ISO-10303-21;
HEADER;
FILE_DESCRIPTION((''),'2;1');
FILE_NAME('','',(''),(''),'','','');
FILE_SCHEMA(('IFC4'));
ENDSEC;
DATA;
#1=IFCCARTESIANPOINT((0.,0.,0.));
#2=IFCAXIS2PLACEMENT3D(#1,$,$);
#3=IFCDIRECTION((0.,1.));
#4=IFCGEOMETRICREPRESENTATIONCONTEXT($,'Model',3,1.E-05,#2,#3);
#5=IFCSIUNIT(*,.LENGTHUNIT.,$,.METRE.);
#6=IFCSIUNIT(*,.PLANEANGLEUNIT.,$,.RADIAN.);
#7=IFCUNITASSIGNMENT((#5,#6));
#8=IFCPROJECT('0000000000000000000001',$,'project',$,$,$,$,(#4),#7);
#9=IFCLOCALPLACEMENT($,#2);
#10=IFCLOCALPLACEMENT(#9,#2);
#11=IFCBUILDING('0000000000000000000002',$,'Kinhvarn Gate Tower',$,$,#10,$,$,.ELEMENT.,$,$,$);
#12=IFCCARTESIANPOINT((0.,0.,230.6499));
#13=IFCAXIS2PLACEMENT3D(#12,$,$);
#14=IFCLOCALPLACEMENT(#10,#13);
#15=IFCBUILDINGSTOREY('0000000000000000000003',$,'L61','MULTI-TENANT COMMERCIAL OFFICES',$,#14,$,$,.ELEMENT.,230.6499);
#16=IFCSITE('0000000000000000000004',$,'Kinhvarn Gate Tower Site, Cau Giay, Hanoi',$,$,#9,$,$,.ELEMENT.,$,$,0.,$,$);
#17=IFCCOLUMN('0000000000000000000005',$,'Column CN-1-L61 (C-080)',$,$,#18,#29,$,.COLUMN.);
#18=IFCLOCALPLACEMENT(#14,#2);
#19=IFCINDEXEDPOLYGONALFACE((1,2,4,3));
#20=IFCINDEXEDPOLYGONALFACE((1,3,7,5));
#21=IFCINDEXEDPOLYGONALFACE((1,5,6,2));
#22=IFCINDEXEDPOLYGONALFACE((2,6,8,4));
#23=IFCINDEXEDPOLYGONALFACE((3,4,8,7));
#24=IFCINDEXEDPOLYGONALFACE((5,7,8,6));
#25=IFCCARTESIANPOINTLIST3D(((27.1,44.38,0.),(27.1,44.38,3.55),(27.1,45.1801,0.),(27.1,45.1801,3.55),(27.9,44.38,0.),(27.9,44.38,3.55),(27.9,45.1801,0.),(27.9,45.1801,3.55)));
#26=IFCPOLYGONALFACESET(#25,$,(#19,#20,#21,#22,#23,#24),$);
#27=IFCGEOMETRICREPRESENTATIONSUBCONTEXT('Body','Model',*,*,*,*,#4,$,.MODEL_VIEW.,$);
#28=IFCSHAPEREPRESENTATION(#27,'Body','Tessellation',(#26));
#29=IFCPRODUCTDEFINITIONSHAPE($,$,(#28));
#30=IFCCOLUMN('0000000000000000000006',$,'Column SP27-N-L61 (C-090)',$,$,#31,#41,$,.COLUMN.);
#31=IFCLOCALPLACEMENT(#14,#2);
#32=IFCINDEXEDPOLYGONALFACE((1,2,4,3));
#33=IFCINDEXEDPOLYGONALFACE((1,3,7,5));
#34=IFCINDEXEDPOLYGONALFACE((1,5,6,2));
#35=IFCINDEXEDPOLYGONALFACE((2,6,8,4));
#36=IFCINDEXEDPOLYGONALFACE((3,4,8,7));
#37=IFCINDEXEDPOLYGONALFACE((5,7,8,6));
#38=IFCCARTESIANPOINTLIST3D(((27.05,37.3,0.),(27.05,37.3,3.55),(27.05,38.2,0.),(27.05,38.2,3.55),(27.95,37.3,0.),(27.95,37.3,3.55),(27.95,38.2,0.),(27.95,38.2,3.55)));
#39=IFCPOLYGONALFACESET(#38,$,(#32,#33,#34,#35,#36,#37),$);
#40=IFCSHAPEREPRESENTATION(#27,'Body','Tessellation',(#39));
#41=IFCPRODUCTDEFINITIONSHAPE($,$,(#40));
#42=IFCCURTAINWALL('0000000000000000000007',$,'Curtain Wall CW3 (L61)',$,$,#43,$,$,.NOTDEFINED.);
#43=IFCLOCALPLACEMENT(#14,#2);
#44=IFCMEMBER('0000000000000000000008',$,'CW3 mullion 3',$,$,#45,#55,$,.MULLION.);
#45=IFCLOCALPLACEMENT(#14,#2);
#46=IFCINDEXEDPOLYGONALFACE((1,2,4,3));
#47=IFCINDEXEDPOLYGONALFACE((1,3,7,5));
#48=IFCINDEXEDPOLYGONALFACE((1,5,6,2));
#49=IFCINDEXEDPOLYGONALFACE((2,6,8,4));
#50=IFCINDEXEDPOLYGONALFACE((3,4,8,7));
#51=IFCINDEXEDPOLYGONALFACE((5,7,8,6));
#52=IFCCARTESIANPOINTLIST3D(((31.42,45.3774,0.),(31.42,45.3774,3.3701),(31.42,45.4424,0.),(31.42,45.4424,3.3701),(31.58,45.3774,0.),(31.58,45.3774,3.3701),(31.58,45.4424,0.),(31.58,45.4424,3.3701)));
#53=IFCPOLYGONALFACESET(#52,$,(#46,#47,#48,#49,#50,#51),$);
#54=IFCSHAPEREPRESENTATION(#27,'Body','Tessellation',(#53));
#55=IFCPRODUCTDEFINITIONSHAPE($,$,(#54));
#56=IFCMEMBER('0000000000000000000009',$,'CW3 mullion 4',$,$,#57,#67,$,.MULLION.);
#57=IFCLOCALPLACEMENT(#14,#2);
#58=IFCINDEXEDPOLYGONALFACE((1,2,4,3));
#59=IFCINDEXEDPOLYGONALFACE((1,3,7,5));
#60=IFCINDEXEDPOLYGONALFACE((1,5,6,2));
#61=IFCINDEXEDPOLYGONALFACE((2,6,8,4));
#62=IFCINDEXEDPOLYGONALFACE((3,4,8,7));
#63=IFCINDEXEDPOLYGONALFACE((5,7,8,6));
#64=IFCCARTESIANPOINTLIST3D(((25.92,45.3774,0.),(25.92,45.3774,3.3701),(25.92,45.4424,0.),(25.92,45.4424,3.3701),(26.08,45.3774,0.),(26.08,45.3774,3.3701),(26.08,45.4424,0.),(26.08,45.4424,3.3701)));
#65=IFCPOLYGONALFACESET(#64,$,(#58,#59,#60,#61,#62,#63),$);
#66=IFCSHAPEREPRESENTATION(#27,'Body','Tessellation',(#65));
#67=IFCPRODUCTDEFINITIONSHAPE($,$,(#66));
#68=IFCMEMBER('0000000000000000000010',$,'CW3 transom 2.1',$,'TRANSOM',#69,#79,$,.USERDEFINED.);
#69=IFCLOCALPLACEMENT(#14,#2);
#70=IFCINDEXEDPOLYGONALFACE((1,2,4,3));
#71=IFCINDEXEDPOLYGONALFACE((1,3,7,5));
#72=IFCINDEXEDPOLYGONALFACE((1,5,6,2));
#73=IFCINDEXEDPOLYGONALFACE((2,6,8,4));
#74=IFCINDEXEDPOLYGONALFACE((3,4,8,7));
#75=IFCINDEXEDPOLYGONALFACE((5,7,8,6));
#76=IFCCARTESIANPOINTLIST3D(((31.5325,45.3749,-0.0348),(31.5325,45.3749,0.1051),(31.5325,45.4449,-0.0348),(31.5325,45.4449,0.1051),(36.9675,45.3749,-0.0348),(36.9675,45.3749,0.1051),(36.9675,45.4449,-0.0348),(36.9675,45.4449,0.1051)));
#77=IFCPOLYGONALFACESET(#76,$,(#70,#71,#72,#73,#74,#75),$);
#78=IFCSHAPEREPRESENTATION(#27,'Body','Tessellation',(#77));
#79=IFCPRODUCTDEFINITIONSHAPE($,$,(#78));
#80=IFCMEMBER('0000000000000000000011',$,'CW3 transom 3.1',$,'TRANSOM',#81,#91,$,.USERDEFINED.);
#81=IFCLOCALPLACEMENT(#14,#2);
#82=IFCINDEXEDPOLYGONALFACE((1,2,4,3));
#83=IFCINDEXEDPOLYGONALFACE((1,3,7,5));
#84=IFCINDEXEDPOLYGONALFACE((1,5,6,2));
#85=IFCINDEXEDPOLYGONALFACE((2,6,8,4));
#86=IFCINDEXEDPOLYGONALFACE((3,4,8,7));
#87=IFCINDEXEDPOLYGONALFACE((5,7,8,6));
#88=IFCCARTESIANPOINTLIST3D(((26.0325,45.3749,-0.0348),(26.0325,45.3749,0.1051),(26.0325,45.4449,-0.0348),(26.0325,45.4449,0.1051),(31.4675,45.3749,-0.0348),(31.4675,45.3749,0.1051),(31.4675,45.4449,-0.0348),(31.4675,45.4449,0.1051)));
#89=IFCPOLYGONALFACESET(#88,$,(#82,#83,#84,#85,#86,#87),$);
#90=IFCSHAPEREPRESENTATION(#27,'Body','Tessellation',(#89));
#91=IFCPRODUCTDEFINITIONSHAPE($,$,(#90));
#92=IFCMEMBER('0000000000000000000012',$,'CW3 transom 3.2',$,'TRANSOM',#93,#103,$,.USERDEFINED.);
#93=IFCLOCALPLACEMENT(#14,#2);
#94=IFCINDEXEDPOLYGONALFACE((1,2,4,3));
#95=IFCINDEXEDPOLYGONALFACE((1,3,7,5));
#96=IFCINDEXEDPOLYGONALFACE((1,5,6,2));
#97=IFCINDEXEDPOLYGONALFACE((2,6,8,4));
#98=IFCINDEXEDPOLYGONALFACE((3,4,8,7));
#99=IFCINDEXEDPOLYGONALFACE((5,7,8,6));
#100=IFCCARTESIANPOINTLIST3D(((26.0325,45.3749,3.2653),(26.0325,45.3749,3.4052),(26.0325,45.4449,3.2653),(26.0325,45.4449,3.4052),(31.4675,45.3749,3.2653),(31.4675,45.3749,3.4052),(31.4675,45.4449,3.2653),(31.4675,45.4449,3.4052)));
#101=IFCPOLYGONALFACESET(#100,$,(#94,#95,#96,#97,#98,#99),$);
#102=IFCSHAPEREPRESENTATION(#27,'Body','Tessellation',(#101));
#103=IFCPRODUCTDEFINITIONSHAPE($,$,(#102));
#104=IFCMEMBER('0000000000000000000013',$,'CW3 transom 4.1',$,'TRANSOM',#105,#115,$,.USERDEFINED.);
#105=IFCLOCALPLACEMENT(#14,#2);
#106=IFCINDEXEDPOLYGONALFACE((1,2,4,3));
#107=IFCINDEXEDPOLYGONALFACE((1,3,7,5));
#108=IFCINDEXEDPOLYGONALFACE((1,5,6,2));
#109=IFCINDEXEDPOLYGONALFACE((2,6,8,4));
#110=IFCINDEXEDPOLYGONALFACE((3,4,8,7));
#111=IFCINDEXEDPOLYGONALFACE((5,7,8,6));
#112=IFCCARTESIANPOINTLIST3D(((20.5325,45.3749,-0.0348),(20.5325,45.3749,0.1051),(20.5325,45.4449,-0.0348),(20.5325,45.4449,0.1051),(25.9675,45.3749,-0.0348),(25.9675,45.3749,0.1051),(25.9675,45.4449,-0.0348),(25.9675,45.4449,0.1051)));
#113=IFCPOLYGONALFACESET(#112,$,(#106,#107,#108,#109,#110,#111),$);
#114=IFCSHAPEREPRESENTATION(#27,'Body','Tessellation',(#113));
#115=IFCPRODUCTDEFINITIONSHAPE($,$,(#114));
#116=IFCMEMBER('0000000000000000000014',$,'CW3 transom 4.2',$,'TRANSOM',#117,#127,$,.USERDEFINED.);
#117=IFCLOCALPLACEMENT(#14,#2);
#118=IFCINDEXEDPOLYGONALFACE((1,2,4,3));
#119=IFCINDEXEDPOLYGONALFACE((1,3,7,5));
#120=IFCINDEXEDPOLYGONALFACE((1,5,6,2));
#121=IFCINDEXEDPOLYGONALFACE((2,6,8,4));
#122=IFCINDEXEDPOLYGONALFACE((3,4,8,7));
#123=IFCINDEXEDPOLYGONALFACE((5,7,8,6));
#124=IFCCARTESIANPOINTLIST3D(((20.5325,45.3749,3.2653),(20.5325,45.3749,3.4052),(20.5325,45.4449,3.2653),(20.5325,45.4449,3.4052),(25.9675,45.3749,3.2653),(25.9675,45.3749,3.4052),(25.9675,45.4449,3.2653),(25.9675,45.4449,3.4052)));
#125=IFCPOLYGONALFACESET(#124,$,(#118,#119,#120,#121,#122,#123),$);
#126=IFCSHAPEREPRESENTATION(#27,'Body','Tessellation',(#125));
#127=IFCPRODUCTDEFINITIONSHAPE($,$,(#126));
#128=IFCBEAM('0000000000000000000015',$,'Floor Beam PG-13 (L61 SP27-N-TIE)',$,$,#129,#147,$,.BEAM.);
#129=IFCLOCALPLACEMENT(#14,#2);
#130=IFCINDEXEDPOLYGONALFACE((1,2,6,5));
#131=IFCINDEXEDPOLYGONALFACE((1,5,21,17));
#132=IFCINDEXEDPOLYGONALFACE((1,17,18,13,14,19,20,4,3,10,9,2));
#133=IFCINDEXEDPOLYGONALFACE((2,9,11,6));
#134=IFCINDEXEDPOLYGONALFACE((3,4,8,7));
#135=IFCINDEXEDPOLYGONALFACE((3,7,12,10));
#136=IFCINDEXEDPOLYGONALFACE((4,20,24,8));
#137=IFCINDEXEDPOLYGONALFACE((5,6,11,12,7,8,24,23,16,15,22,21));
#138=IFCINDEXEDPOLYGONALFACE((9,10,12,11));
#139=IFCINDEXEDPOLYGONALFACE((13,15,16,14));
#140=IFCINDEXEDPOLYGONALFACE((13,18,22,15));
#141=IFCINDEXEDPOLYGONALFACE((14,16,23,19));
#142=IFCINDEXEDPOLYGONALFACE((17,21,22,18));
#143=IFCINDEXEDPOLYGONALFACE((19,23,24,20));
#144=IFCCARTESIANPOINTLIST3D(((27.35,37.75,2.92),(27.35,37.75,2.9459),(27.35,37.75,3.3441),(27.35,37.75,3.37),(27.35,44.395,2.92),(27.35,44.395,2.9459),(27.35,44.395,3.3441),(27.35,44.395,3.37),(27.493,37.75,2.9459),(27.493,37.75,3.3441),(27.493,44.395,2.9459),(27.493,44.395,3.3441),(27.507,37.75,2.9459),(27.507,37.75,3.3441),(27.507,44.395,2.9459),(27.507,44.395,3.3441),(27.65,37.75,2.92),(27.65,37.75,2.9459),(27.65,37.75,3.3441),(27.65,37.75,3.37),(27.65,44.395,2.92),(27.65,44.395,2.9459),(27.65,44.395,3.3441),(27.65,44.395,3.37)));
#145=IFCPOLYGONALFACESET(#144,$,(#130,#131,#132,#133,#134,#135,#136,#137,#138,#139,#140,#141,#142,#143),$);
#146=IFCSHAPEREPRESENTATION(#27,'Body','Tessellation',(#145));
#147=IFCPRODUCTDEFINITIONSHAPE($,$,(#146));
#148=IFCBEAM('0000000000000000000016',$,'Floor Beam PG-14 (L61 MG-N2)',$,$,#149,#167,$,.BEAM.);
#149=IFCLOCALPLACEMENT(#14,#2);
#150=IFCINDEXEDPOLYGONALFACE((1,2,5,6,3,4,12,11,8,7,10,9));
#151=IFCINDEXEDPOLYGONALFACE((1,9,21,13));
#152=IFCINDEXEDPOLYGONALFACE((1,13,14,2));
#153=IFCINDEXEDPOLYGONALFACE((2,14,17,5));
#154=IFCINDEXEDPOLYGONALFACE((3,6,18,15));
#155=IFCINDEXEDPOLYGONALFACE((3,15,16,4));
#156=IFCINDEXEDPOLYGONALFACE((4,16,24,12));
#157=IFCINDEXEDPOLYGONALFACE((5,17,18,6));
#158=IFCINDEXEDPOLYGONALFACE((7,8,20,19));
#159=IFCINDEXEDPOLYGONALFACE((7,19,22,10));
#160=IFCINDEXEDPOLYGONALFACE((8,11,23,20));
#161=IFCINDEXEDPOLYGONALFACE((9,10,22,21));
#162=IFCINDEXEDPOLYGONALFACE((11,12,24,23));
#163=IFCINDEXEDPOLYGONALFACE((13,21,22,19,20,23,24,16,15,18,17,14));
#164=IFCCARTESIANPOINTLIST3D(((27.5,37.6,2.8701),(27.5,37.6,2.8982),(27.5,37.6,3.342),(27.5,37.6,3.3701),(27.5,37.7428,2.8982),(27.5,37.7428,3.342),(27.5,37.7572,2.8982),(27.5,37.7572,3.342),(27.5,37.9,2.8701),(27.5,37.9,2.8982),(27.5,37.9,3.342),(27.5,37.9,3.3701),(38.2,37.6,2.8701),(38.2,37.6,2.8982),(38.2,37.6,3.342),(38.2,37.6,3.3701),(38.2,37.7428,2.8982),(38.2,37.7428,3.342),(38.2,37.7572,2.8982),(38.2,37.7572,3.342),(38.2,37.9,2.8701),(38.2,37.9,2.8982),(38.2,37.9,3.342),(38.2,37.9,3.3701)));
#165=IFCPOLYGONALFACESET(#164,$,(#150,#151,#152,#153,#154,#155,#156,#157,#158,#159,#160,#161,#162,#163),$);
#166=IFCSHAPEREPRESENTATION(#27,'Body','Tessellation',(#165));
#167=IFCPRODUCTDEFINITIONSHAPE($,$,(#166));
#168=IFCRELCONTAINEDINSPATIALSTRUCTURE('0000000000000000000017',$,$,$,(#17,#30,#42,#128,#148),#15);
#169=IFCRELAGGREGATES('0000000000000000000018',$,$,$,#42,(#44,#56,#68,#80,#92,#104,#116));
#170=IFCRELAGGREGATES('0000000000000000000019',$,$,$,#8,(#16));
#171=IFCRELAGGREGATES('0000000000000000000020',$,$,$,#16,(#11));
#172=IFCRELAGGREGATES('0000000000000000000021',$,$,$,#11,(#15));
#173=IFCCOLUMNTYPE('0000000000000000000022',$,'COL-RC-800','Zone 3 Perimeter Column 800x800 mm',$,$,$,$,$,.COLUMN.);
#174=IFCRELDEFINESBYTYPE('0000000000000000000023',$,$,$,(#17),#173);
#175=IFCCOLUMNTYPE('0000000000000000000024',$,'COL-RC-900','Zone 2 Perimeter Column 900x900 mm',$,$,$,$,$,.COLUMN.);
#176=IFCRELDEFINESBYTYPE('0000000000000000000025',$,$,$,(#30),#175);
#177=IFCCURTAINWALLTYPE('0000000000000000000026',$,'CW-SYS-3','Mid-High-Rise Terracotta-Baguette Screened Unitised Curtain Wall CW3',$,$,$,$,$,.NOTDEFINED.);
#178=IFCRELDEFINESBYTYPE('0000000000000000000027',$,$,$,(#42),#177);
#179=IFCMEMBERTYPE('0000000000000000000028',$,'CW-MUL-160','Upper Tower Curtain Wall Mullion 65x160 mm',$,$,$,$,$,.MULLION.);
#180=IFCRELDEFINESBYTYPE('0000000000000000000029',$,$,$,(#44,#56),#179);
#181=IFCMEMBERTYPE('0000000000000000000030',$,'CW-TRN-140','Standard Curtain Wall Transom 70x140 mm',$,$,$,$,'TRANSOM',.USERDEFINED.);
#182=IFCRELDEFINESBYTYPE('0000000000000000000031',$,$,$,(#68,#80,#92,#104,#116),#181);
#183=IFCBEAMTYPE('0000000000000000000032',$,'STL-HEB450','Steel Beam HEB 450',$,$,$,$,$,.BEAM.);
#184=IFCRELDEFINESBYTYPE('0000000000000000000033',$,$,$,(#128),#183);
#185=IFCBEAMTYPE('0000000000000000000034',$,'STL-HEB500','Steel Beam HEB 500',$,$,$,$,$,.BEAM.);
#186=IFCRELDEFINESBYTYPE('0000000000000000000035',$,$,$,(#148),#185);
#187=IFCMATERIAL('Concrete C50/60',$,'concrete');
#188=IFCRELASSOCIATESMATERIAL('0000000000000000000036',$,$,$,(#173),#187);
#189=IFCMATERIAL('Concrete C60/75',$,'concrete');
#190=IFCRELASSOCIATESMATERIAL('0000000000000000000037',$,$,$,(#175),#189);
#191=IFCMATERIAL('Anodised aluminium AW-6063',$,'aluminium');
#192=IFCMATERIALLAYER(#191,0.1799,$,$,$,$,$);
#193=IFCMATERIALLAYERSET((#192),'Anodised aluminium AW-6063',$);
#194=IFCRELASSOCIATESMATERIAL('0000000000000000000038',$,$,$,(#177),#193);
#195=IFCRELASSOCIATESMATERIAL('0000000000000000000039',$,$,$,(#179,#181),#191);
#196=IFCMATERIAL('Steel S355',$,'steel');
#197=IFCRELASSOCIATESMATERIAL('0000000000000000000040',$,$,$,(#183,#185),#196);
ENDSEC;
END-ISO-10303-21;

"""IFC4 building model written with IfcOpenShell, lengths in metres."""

from ifc_helpers import new_model, si_unit, direction, frame, origin, origin_2d, place, context, subcontext, project, spatial, rectangle, i_section, extrude, material, layer, layer_set, material_profile, profile_set, type_object, element, aggregate, save


model = new_model("IFC4")

# Units and contexts
model_context = context("Model", 3, precision=1e-05, world=origin(), true_north=direction((0.0, 1.0)))
body_context = subcontext(model_context, "Body", "Model", "MODEL_VIEW")
ifc_project = project(units=[si_unit("LENGTHUNIT", "METRE"), si_unit("PLANEANGLEUNIT", "RADIAN")], contexts=[model_context])

# Site, building, storey
site_placement = place(None, origin())
site = spatial("IfcSite", under=ifc_project, at=site_placement, Name="Kinhvarn Gate Tower Site, Cau Giay, Hanoi", CompositionType="ELEMENT", RefElevation=0.0)
building_placement = place(site_placement, origin())
building = spatial("IfcBuilding", under=site, at=building_placement, Name="Kinhvarn Gate Tower", CompositionType="ELEMENT")
storey_placement = place(building_placement, frame((0.0, 0.0, 230.6499)))
storey = spatial("IfcBuildingStorey", under=building, at=storey_placement, Name="L61", Description="MULTI-TENANT COMMERCIAL OFFICES", CompositionType="ELEMENT", Elevation=230.6499)

# Columns
ifc_material_1 = material(Name="Concrete C50/60", Category="concrete")
ifc_material_profile_1 = material_profile(ifc_material_1, rectangle(XDim=0.8, YDim=0.8, at=origin_2d()), Name="RC 800x800")
ifc_profile_set_1 = profile_set([ifc_material_profile_1], Name="Concrete C50/60")
column_type_1 = type_object("IfcColumnType", Name="COL-RC-800", Description="Zone 3 Perimeter Column 800x800 mm", PredefinedType="COLUMN", material=ifc_profile_set_1)
column_1_placement = place(storey_placement, frame((27.5, 44.78, 0.0), z_axis=(0.0, 0.0, 1.0), x_axis=(1.0, 0.0, 0.0)))
element("IfcColumn", 1, at=column_1_placement, inside=storey, type_object=column_type_1, Name="Column CN-1-L61 (C-080)", PredefinedType="COLUMN", context=body_context, shape_type="SweptSolid", body=[
    extrude(rectangle(XDim=0.8, YDim=0.8, at=origin_2d()), origin(), (0.0, 0.0, 1.0), 3.55),
])
ifc_material_2 = material(Name="Concrete C60/75", Category="concrete")
ifc_material_profile_2 = material_profile(ifc_material_2, rectangle(XDim=0.8999, YDim=0.8999, at=origin_2d()), Name="RC 900x900")
ifc_profile_set_2 = profile_set([ifc_material_profile_2], Name="Concrete C60/75")
column_type_2 = type_object("IfcColumnType", Name="COL-RC-900", Description="Zone 2 Perimeter Column 900x900 mm", PredefinedType="COLUMN", material=ifc_profile_set_2)
column_2_placement = place(storey_placement, frame((27.5, 37.75, 0.0), z_axis=(0.0, 0.0, 1.0), x_axis=(1.0, 0.0, 0.0)))
element("IfcColumn", 2, at=column_2_placement, inside=storey, type_object=column_type_2, Name="Column SP27-N-L61 (C-090)", PredefinedType="COLUMN", context=body_context, shape_type="SweptSolid", body=[
    extrude(rectangle(XDim=0.8999, YDim=0.8999, at=origin_2d()), origin(), (0.0, 0.0, 1.0), 3.55),
])

# Curtain wall, members
ifc_material_3 = material(Name="Anodised aluminium AW-6063", Category="aluminium")
ifc_layer_1 = layer(ifc_material_3, 0.1799)
ifc_layer_set_1 = layer_set([ifc_layer_1], Name="Anodised aluminium AW-6063")
curtain_wall_type = type_object("IfcCurtainWallType", Name="CW-SYS-3", Description="Mid-High-Rise Terracotta-Baguette Screened Unitised Curtain Wall CW3", PredefinedType="NOTDEFINED", material=ifc_layer_set_1)
curtain_wall_placement = place(storey_placement, origin())
curtain_wall = element("IfcCurtainWall", 3, at=curtain_wall_placement, inside=storey, type_object=curtain_wall_type, Name="Curtain Wall CW3 (L61)", PredefinedType="NOTDEFINED")
ifc_material_profile_3 = material_profile(ifc_material_3, rectangle(XDim=0.0649, YDim=0.1599, at=origin_2d()), Name="ALU 65x160")
ifc_profile_set_3 = profile_set([ifc_material_profile_3], Name="Anodised aluminium AW-6063")
member_type_1 = type_object("IfcMemberType", Name="CW-MUL-160", Description="Upper Tower Curtain Wall Mullion 65x160 mm", PredefinedType="MULLION", material=ifc_profile_set_3)
member_1_placement = place(storey_placement, frame((31.5, 45.4099, 0.0), z_axis=(0.0, 0.0, 1.0), x_axis=(0.0, -1.0, 0.0)))
member_1 = element("IfcMember", 4, at=member_1_placement, type_object=member_type_1, Name="CW3 mullion 3", PredefinedType="MULLION", context=body_context, shape_type="SweptSolid", body=[
    extrude(rectangle(XDim=0.0649, YDim=0.1599, at=origin_2d()), origin(), (0.0, 0.0, 1.0), 3.3701),
])
member_2_placement = place(storey_placement, frame((26.0, 45.4099, 0.0), z_axis=(0.0, 0.0, 1.0), x_axis=(0.0, -1.0, 0.0)))
member_2 = element("IfcMember", 5, at=member_2_placement, type_object=member_type_1, Name="CW3 mullion 4", PredefinedType="MULLION", context=body_context, shape_type="SweptSolid", body=[
    extrude(rectangle(XDim=0.0649, YDim=0.1599, at=origin_2d()), origin(), (0.0, 0.0, 1.0), 3.3701),
])
ifc_material_profile_4 = material_profile(ifc_material_3, rectangle(XDim=0.0701, YDim=0.1399, at=origin_2d()), Name="ALU 70x140")
ifc_profile_set_4 = profile_set([ifc_material_profile_4], Name="Anodised aluminium AW-6063")
member_type_2 = type_object("IfcMemberType", Name="CW-TRN-140", Description="Standard Curtain Wall Transom 70x140 mm", ElementType="TRANSOM", PredefinedType="USERDEFINED", material=ifc_profile_set_4)
member_3_placement = place(storey_placement, frame((36.9675, 45.4099, 0.0352), z_axis=(-1.0, 0.0, 0.0), x_axis=(0.0, -1.0, 0.0)))
member_3 = element("IfcMember", 6, at=member_3_placement, type_object=member_type_2, Name="CW3 transom 2.1", ObjectType="TRANSOM", PredefinedType="USERDEFINED", context=body_context, shape_type="SweptSolid", body=[
    extrude(rectangle(XDim=0.0701, YDim=0.1399, at=origin_2d()), origin(), (0.0, 0.0, 1.0), 5.4351),
])
member_4_placement = place(storey_placement, frame((31.4675, 45.4099, 0.0352), z_axis=(-1.0, 0.0, 0.0), x_axis=(0.0, -1.0, 0.0)))
member_4 = element("IfcMember", 7, at=member_4_placement, type_object=member_type_2, Name="CW3 transom 3.1", ObjectType="TRANSOM", PredefinedType="USERDEFINED", context=body_context, shape_type="SweptSolid", body=[
    extrude(rectangle(XDim=0.0701, YDim=0.1399, at=origin_2d()), origin(), (0.0, 0.0, 1.0), 5.4351),
])
member_5_placement = place(storey_placement, frame((31.4675, 45.4099, 3.3352), z_axis=(-1.0, 0.0, 0.0), x_axis=(0.0, -1.0, 0.0)))
member_5 = element("IfcMember", 8, at=member_5_placement, type_object=member_type_2, Name="CW3 transom 3.2", ObjectType="TRANSOM", PredefinedType="USERDEFINED", context=body_context, shape_type="SweptSolid", body=[
    extrude(rectangle(XDim=0.0701, YDim=0.1399, at=origin_2d()), origin(), (0.0, 0.0, 1.0), 5.4351),
])
member_6_placement = place(storey_placement, frame((25.9675, 45.4099, 0.0352), z_axis=(-1.0, 0.0, 0.0), x_axis=(0.0, -1.0, 0.0)))
member_6 = element("IfcMember", 9, at=member_6_placement, type_object=member_type_2, Name="CW3 transom 4.1", ObjectType="TRANSOM", PredefinedType="USERDEFINED", context=body_context, shape_type="SweptSolid", body=[
    extrude(rectangle(XDim=0.0701, YDim=0.1399, at=origin_2d()), origin(), (0.0, 0.0, 1.0), 5.4351),
])
member_7_placement = place(storey_placement, frame((25.9675, 45.4099, 3.3352), z_axis=(-1.0, 0.0, 0.0), x_axis=(0.0, -1.0, 0.0)))
member_7 = element("IfcMember", 10, at=member_7_placement, type_object=member_type_2, Name="CW3 transom 4.2", ObjectType="TRANSOM", PredefinedType="USERDEFINED", context=body_context, shape_type="SweptSolid", body=[
    extrude(rectangle(XDim=0.0701, YDim=0.1399, at=origin_2d()), origin(), (0.0, 0.0, 1.0), 5.4351),
])

# Beams
ifc_material_4 = material(Name="Steel S355", Category="steel")
ifc_material_profile_5 = material_profile(ifc_material_4, i_section(OverallWidth=0.3, OverallDepth=0.45, WebThickness=0.0139, FlangeThickness=0.0259, at=origin_2d()), Name="HEB 450")
ifc_profile_set_5 = profile_set([ifc_material_profile_5], Name="Steel S355")
beam_type_1 = type_object("IfcBeamType", Name="STL-HEB450", Description="Steel Beam HEB 450", PredefinedType="BEAM", material=ifc_profile_set_5)
beam_1_placement = place(storey_placement, frame((27.5, 37.75, 3.145), z_axis=(0.0, 1.0, 0.0), x_axis=(-1.0, 0.0, 0.0)))
element("IfcBeam", 11, at=beam_1_placement, inside=storey, type_object=beam_type_1, Name="Floor Beam PG-13 (L61 SP27-N-TIE)", PredefinedType="BEAM", context=body_context, shape_type="SweptSolid", body=[
    extrude(i_section(OverallWidth=0.3, OverallDepth=0.45, WebThickness=0.0139, FlangeThickness=0.0259, at=origin_2d()), origin(), (0.0, 0.0, 1.0), 6.645),
])
ifc_material_profile_6 = material_profile(ifc_material_4, i_section(OverallWidth=0.3, OverallDepth=0.5, WebThickness=0.0144, FlangeThickness=0.0281, at=origin_2d()), Name="HEB 500")
ifc_profile_set_6 = profile_set([ifc_material_profile_6], Name="Steel S355")
beam_type_2 = type_object("IfcBeamType", Name="STL-HEB500", Description="Steel Beam HEB 500", PredefinedType="BEAM", material=ifc_profile_set_6)
beam_2_placement = place(storey_placement, frame((27.5, 37.75, 3.1201), z_axis=(1.0, 0.0, 0.0), x_axis=(0.0, 1.0, 0.0)))
element("IfcBeam", 12, at=beam_2_placement, inside=storey, type_object=beam_type_2, Name="Floor Beam PG-14 (L61 MG-N2)", PredefinedType="BEAM", context=body_context, shape_type="SweptSolid", body=[
    extrude(i_section(OverallWidth=0.3, OverallDepth=0.5, WebThickness=0.0144, FlangeThickness=0.0281, at=origin_2d()), origin(), (0.0, 0.0, 1.0), 10.7),
])

aggregate(curtain_wall, [member_1, member_2, member_3, member_4, member_5, member_6, member_7])

save(model, "model.ifc")
